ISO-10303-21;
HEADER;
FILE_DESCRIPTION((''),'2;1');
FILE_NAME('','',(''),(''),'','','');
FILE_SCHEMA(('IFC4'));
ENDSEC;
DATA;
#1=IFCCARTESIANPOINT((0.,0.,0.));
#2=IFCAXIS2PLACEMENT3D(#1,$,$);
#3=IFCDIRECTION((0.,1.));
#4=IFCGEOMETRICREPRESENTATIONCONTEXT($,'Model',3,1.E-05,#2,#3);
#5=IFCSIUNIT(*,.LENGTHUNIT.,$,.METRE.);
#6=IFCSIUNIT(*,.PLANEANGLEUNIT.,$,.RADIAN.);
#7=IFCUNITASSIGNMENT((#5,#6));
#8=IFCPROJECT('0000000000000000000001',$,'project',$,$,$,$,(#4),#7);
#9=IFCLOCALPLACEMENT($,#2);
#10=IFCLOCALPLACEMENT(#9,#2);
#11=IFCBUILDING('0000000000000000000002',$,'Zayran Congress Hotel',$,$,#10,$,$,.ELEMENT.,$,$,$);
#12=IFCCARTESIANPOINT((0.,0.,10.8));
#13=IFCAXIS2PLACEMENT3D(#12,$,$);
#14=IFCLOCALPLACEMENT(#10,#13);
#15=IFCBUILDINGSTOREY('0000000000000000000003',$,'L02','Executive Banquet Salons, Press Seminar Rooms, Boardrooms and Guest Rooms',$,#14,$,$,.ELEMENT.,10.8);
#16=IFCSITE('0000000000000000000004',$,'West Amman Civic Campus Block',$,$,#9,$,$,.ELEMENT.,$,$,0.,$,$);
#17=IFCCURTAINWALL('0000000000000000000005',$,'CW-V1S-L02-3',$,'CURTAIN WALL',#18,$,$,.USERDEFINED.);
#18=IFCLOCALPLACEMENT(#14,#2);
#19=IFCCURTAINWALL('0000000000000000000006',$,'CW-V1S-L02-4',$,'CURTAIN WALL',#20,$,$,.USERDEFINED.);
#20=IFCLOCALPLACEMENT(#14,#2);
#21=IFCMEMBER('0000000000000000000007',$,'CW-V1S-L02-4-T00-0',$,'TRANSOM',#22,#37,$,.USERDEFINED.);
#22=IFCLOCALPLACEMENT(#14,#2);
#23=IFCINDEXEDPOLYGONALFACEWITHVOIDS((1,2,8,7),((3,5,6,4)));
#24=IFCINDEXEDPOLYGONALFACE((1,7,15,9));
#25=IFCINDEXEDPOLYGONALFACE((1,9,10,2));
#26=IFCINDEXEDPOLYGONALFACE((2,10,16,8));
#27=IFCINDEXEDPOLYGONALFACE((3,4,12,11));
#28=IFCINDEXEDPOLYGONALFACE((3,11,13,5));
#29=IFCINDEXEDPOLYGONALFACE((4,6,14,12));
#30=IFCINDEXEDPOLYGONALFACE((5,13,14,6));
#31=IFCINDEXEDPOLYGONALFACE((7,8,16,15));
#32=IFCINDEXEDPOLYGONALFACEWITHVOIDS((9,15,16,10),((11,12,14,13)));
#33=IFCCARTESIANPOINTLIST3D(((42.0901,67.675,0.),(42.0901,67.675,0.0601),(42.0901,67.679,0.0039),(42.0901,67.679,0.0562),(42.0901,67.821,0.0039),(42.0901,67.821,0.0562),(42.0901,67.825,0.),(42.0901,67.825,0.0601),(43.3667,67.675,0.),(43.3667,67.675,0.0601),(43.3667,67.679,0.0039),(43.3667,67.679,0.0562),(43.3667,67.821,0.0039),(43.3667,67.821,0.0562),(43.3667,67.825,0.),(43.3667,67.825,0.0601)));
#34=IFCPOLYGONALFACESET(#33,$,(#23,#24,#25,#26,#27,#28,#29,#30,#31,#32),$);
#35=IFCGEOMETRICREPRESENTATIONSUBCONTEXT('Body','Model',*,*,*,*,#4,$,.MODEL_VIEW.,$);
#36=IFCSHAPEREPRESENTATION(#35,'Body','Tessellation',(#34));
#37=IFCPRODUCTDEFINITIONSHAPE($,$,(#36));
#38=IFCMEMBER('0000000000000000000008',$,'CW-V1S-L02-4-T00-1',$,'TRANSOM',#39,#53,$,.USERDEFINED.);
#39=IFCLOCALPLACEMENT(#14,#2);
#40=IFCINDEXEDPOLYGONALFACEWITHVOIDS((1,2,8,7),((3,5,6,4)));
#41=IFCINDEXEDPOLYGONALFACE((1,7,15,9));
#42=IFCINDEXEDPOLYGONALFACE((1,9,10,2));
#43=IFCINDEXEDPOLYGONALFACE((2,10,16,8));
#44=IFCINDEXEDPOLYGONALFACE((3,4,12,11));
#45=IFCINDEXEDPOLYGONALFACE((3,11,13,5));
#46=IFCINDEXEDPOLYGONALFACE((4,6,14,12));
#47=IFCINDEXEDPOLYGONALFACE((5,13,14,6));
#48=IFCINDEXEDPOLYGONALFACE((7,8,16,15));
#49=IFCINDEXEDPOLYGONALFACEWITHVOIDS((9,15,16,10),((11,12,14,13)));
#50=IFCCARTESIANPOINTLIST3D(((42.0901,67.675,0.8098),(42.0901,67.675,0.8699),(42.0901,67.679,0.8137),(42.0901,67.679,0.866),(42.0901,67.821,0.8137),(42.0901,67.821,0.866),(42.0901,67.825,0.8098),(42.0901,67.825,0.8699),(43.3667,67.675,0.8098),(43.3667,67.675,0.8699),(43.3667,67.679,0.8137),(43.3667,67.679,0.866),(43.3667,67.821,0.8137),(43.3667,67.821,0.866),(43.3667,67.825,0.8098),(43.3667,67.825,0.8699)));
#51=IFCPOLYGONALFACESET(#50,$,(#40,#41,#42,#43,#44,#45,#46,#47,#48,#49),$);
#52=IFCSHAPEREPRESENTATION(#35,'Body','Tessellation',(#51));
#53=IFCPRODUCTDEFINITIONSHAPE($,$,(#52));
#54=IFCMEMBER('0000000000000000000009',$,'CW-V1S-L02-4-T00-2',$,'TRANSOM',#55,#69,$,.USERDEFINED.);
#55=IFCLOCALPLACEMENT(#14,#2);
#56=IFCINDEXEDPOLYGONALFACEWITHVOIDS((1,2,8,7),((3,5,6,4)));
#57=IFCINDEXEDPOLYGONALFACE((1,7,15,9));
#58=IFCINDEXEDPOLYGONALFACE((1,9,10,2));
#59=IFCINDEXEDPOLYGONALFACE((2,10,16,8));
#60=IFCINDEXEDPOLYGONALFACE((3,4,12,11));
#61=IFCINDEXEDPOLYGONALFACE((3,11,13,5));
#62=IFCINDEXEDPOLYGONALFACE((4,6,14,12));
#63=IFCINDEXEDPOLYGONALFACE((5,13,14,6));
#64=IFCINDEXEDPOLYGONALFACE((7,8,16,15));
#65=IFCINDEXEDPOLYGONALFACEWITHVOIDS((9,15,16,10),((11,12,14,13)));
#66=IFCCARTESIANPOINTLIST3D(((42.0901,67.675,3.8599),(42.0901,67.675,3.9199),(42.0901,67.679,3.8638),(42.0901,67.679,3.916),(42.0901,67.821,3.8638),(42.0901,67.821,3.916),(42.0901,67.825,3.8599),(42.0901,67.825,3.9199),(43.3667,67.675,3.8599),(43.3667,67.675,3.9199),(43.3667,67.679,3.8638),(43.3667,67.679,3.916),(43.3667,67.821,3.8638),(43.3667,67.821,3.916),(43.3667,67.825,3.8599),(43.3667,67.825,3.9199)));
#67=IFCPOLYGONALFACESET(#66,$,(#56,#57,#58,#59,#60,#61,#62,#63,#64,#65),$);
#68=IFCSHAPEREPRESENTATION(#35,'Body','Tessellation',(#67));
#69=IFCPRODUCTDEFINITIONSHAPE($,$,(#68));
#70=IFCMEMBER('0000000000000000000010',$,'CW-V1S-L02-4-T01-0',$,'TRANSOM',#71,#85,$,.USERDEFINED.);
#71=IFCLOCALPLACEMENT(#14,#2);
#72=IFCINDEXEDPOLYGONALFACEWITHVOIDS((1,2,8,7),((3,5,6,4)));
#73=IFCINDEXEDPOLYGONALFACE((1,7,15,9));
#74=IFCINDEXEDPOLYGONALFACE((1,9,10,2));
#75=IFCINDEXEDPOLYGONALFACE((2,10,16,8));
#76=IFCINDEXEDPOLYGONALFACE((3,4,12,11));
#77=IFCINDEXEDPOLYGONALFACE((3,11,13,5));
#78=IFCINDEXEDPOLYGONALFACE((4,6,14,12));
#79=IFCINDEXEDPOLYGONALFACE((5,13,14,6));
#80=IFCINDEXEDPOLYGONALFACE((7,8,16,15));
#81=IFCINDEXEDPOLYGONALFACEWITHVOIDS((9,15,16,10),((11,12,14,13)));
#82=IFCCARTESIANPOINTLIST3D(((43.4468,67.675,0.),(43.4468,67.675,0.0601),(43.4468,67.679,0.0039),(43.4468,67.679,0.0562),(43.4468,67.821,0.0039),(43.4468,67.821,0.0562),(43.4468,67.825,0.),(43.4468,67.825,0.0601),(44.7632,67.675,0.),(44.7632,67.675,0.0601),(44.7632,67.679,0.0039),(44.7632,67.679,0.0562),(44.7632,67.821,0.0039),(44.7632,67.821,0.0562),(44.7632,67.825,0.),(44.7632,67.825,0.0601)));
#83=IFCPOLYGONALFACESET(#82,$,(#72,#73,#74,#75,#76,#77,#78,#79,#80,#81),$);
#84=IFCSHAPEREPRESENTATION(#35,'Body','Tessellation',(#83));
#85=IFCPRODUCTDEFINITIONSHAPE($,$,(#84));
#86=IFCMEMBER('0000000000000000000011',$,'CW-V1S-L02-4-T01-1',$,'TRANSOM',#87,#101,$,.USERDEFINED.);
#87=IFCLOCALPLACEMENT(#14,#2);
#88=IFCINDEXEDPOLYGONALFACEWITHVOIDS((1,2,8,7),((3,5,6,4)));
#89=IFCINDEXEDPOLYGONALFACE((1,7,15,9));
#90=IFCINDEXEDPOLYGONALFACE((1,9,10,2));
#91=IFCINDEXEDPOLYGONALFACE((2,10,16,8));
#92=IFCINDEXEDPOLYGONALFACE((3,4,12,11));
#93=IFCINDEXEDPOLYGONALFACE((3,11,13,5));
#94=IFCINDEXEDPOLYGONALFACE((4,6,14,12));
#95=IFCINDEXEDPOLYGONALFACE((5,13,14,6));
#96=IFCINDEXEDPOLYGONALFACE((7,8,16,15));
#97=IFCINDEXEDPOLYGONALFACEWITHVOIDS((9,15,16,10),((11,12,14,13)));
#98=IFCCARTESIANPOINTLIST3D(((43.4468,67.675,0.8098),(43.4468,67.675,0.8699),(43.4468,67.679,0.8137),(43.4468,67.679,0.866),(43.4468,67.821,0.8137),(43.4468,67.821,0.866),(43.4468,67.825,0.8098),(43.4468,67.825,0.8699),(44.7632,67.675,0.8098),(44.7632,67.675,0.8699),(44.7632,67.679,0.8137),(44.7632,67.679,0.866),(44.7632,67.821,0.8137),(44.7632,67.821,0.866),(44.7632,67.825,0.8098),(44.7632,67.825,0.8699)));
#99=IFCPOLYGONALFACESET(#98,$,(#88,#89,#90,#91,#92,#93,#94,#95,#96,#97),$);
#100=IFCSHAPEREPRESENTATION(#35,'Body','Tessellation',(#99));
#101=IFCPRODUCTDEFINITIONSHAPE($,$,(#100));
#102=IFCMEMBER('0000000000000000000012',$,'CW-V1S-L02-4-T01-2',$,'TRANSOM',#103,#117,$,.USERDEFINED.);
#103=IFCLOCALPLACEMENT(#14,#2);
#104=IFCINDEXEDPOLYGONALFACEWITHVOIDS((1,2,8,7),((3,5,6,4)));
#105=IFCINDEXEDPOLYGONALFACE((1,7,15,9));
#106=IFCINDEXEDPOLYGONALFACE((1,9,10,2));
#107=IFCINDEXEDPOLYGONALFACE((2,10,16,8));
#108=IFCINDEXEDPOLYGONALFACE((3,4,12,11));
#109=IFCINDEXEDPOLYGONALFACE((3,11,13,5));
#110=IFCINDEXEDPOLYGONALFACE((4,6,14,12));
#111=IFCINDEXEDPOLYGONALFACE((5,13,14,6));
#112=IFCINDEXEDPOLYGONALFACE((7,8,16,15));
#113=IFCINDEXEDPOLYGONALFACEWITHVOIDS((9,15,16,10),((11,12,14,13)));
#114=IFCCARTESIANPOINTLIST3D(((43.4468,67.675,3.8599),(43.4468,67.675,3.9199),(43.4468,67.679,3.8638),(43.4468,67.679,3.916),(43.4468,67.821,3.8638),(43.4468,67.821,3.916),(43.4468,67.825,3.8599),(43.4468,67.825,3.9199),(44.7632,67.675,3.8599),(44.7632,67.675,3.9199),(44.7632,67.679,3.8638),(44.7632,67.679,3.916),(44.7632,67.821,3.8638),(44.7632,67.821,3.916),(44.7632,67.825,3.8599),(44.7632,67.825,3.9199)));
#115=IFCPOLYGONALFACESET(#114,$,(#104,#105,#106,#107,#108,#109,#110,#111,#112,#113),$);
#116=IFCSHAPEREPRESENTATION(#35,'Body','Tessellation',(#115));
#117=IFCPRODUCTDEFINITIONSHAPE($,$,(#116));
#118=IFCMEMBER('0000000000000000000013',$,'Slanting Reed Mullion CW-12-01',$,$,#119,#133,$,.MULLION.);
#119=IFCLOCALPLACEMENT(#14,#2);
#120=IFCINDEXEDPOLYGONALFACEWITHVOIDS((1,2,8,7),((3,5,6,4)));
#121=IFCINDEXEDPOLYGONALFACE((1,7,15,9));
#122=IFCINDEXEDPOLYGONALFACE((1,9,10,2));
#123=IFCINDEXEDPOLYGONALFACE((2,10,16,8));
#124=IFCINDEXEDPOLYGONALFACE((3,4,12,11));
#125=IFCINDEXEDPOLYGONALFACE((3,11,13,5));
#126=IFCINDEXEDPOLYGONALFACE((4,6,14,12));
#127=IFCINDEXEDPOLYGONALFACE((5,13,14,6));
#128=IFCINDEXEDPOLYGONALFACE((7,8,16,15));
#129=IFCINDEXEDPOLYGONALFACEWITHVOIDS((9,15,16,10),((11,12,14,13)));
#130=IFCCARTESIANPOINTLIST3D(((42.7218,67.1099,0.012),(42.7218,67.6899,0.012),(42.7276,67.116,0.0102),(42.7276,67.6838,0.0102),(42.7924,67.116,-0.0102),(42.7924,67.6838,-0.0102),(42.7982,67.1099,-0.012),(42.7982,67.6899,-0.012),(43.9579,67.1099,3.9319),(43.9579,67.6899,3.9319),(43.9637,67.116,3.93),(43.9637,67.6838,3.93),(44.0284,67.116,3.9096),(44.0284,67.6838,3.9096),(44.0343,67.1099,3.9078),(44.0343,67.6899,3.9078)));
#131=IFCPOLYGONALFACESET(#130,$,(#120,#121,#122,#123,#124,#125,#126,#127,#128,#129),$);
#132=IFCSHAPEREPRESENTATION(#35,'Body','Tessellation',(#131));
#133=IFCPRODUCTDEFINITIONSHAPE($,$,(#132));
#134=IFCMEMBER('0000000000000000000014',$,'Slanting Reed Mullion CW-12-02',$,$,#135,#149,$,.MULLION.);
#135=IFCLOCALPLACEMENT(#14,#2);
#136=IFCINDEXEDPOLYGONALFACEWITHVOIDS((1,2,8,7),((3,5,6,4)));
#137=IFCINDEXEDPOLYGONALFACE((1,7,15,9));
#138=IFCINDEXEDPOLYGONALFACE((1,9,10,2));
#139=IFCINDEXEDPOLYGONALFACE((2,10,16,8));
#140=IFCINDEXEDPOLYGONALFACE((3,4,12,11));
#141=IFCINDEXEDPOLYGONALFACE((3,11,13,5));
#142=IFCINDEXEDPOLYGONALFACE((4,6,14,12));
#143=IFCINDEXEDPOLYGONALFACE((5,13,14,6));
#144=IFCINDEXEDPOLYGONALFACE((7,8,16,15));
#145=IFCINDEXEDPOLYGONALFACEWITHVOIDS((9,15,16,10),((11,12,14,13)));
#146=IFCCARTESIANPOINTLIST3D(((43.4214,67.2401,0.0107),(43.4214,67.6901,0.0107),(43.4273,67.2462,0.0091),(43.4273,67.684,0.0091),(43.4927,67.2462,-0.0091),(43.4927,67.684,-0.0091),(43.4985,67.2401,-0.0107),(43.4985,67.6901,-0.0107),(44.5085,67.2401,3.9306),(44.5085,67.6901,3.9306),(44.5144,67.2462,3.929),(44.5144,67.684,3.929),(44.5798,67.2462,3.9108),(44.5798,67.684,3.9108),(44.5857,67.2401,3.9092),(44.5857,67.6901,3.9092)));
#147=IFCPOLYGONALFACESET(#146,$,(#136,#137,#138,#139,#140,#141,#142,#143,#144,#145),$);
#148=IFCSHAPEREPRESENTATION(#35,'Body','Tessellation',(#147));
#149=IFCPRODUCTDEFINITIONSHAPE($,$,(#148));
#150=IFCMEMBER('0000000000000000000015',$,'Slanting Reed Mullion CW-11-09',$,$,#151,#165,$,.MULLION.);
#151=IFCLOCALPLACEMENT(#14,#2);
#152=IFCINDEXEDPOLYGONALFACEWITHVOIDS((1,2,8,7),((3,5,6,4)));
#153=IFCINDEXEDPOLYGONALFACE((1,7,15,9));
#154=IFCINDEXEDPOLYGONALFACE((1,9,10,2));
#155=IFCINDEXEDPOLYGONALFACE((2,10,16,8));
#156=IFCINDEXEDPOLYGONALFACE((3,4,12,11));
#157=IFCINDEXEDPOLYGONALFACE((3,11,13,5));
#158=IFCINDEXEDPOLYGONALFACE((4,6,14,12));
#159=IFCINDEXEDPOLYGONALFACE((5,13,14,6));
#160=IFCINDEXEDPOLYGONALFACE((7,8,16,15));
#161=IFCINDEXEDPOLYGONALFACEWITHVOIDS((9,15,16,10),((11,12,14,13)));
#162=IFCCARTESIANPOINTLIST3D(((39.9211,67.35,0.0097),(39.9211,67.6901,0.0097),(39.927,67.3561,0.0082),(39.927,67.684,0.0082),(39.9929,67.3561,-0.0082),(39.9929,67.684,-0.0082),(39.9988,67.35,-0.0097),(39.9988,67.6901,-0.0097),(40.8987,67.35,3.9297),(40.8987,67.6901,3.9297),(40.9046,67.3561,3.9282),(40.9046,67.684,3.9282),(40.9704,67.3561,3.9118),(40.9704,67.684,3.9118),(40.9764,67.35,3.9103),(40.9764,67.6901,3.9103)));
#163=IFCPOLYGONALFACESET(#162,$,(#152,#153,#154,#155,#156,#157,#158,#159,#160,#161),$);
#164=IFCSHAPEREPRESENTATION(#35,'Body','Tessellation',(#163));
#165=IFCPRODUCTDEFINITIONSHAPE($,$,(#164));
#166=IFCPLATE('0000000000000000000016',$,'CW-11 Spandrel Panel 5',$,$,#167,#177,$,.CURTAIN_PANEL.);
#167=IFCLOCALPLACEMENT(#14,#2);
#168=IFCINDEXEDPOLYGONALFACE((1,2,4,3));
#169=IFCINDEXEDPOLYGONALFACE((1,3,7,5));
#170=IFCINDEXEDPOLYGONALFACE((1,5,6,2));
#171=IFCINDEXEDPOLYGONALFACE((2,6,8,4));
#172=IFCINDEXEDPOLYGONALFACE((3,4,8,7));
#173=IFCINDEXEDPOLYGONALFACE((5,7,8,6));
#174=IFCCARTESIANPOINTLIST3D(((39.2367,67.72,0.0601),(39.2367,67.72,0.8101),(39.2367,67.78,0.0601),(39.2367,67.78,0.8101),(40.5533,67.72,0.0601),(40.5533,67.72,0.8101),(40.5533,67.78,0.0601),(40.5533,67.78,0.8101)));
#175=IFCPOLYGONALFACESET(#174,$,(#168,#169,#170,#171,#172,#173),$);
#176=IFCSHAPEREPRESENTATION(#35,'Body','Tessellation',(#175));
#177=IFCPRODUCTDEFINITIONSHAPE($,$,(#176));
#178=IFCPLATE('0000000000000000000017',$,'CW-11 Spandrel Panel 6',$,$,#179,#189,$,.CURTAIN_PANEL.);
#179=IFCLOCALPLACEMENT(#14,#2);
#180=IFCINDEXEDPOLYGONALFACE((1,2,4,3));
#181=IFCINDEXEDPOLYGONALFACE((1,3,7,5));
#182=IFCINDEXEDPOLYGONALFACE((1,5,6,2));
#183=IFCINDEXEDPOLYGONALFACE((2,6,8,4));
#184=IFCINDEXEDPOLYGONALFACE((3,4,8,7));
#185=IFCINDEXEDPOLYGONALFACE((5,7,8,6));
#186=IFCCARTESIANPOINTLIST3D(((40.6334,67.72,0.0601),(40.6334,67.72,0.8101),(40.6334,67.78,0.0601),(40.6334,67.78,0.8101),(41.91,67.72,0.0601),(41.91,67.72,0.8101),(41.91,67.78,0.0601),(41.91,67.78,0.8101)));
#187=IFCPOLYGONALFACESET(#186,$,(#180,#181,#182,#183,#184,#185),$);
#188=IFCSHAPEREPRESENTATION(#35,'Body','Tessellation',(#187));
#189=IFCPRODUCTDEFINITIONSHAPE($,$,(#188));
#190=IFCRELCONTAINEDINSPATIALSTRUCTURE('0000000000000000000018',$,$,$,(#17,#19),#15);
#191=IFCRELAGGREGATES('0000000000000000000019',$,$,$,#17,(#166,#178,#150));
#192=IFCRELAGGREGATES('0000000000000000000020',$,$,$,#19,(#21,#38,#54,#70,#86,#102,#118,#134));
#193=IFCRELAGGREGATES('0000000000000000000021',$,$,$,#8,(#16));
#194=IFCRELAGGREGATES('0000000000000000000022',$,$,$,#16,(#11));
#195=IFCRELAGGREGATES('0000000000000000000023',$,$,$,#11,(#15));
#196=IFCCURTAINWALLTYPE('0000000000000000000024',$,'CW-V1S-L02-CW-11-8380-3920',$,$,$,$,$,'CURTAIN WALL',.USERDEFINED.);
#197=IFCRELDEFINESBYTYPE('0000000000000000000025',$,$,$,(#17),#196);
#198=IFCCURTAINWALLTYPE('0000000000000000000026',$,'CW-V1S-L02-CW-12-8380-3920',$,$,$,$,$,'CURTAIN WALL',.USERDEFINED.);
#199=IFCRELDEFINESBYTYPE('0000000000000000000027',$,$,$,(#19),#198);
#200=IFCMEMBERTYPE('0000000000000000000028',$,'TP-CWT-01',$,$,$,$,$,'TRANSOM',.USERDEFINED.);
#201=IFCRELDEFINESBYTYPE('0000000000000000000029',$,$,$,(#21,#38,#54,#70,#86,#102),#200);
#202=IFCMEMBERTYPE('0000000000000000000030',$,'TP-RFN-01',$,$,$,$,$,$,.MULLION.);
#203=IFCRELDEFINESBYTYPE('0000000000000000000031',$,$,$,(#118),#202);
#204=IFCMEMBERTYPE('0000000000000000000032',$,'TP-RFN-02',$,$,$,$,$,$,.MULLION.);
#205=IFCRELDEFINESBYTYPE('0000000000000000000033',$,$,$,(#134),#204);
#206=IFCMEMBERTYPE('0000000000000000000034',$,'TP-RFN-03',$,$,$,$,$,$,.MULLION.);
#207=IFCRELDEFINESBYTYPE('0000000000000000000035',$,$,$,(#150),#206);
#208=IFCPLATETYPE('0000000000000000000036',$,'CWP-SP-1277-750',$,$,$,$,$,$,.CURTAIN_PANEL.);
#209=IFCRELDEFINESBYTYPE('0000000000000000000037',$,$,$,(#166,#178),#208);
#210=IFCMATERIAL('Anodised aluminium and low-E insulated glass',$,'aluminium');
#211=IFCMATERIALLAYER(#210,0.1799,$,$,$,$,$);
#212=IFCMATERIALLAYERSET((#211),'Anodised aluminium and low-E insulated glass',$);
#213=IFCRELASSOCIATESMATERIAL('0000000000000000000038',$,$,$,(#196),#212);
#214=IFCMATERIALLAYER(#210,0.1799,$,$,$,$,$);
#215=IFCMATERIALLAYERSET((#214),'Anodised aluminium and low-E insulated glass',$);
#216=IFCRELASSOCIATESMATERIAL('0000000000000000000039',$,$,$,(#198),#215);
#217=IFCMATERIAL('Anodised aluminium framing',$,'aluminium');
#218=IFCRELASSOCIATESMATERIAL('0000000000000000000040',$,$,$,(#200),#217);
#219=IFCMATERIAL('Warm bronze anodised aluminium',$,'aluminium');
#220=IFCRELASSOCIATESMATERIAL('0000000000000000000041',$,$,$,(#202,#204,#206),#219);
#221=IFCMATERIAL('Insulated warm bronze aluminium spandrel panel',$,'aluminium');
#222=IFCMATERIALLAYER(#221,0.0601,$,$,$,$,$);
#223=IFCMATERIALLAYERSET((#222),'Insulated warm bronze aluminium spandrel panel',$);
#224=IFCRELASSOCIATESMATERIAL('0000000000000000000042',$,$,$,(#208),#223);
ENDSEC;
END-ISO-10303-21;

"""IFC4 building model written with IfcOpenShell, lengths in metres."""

from ifc_helpers import new_model, si_unit, direction, frame, origin, origin_2d, place, context, subcontext, project, spatial, rectangle, hollow_rectangle, extrude, material, layer, layer_set, material_profile, profile_set, type_object, element, aggregate, save


model = new_model("IFC4")

# Units and contexts
model_context = context("Model", 3, precision=1e-05, world=origin(), true_north=direction((0.0, 1.0)))
body_context = subcontext(model_context, "Body", "Model", "MODEL_VIEW")
ifc_project = project(units=[si_unit("LENGTHUNIT", "METRE"), si_unit("PLANEANGLEUNIT", "RADIAN")], contexts=[model_context])

# Site, building, storey
site_placement = place(None, origin())
site = spatial("IfcSite", under=ifc_project, at=site_placement, Name="West Amman Civic Campus Block", CompositionType="ELEMENT", RefElevation=0.0)
building_placement = place(site_placement, origin())
building = spatial("IfcBuilding", under=site, at=building_placement, Name="Zayran Congress Hotel", CompositionType="ELEMENT")
storey_placement = place(building_placement, frame((0.0, 0.0, 10.8)))
storey = spatial("IfcBuildingStorey", under=building, at=storey_placement, Name="L02", Description="Executive Banquet Salons, Press Seminar Rooms, Boardrooms and Guest Rooms", CompositionType="ELEMENT", Elevation=10.8)

# Curtain walls
ifc_material_1 = material(Name="Anodised aluminium and low-E insulated glass", Category="aluminium")
ifc_layer_1 = layer(ifc_material_1, 0.1799)
ifc_layer_set_1 = layer_set([ifc_layer_1], Name="Anodised aluminium and low-E insulated glass")
curtain_wall_type_1 = type_object("IfcCurtainWallType", Name="CW-V1S-L02-CW-11-8380-3920", ElementType="CURTAIN WALL", PredefinedType="USERDEFINED", material=ifc_layer_set_1)
curtain_wall_1_placement = place(storey_placement, origin())
curtain_wall_1 = element("IfcCurtainWall", 1, at=curtain_wall_1_placement, inside=storey, type_object=curtain_wall_type_1, Name="CW-V1S-L02-3", ObjectType="CURTAIN WALL", PredefinedType="USERDEFINED")
ifc_material_2 = material(Name="Anodised aluminium framing", Category="aluminium")
ifc_layer_2 = layer(ifc_material_1, 0.1799)
ifc_layer_set_2 = layer_set([ifc_layer_2], Name="Anodised aluminium and low-E insulated glass")
curtain_wall_type_2 = type_object("IfcCurtainWallType", Name="CW-V1S-L02-CW-12-8380-3920", ElementType="CURTAIN WALL", PredefinedType="USERDEFINED", material=ifc_layer_set_2)
curtain_wall_2_placement = place(storey_placement, origin())
curtain_wall_2 = element("IfcCurtainWall", 2, at=curtain_wall_2_placement, inside=storey, type_object=curtain_wall_type_2, Name="CW-V1S-L02-4", ObjectType="CURTAIN WALL", PredefinedType="USERDEFINED")

# Members
ifc_material_profile_1 = material_profile(ifc_material_2, hollow_rectangle(XDim=0.0601, YDim=0.1499, WallThickness=0.0039, at=origin_2d()), Name="RHS 150x60x4")
ifc_profile_set_1 = profile_set([ifc_material_profile_1], Name="Anodised aluminium framing")
member_type_1 = type_object("IfcMemberType", Name="TP-CWT-01", ElementType="TRANSOM", PredefinedType="USERDEFINED", material=ifc_profile_set_1)
member_1_placement = place(storey_placement, frame((42.0901, 67.75, 0.03), z_axis=(1.0, 0.0, 0.0), x_axis=(0.0, 0.0, 1.0)))
member_1 = element("IfcMember", 3, at=member_1_placement, type_object=member_type_1, Name="CW-V1S-L02-4-T00-0", ObjectType="TRANSOM", PredefinedType="USERDEFINED", context=body_context, shape_type="SweptSolid", body=[
    extrude(hollow_rectangle(XDim=0.0601, YDim=0.1499, WallThickness=0.0039, at=origin_2d()), origin(), (0.0, 0.0, 1.0), 1.2766),
])
member_2_placement = place(storey_placement, frame((42.0901, 67.75, 0.8398), z_axis=(1.0, 0.0, 0.0), x_axis=(0.0, 0.0, 1.0)))
member_2 = element("IfcMember", 4, at=member_2_placement, type_object=member_type_1, Name="CW-V1S-L02-4-T00-1", ObjectType="TRANSOM", PredefinedType="USERDEFINED", context=body_context, shape_type="SweptSolid", body=[
    extrude(hollow_rectangle(XDim=0.0601, YDim=0.1499, WallThickness=0.0039, at=origin_2d()), origin(), (0.0, 0.0, 1.0), 1.2766),
])
member_3_placement = place(storey_placement, frame((42.0901, 67.75, 3.8899), z_axis=(1.0, 0.0, 0.0), x_axis=(0.0, 0.0, 1.0)))
member_3 = element("IfcMember", 5, at=member_3_placement, type_object=member_type_1, Name="CW-V1S-L02-4-T00-2", ObjectType="TRANSOM", PredefinedType="USERDEFINED", context=body_context, shape_type="SweptSolid", body=[
    extrude(hollow_rectangle(XDim=0.0601, YDim=0.1499, WallThickness=0.0039, at=origin_2d()), origin(), (0.0, 0.0, 1.0), 1.2766),
])
member_4_placement = place(storey_placement, frame((43.4468, 67.75, 0.03), z_axis=(1.0, 0.0, 0.0), x_axis=(0.0, 0.0, 1.0)))
member_4 = element("IfcMember", 6, at=member_4_placement, type_object=member_type_1, Name="CW-V1S-L02-4-T01-0", ObjectType="TRANSOM", PredefinedType="USERDEFINED", context=body_context, shape_type="SweptSolid", body=[
    extrude(hollow_rectangle(XDim=0.0601, YDim=0.1499, WallThickness=0.0039, at=origin_2d()), origin(), (0.0, 0.0, 1.0), 1.3164),
])
member_5_placement = place(storey_placement, frame((43.4468, 67.75, 0.8398), z_axis=(1.0, 0.0, 0.0), x_axis=(0.0, 0.0, 1.0)))
member_5 = element("IfcMember", 7, at=member_5_placement, type_object=member_type_1, Name="CW-V1S-L02-4-T01-1", ObjectType="TRANSOM", PredefinedType="USERDEFINED", context=body_context, shape_type="SweptSolid", body=[
    extrude(hollow_rectangle(XDim=0.0601, YDim=0.1499, WallThickness=0.0039, at=origin_2d()), origin(), (0.0, 0.0, 1.0), 1.3164),
])
member_6_placement = place(storey_placement, frame((43.4468, 67.75, 3.8899), z_axis=(1.0, 0.0, 0.0), x_axis=(0.0, 0.0, 1.0)))
member_6 = element("IfcMember", 8, at=member_6_placement, type_object=member_type_1, Name="CW-V1S-L02-4-T01-2", ObjectType="TRANSOM", PredefinedType="USERDEFINED", context=body_context, shape_type="SweptSolid", body=[
    extrude(hollow_rectangle(XDim=0.0601, YDim=0.1499, WallThickness=0.0039, at=origin_2d()), origin(), (0.0, 0.0, 1.0), 1.3164),
])
ifc_material_3 = material(Name="Warm bronze anodised aluminium", Category="aluminium")
ifc_material_profile_2 = material_profile(ifc_material_3, hollow_rectangle(XDim=0.0801, YDim=0.5801, WallThickness=0.0061, at=origin_2d()), Name="RHS 580x80x6")
ifc_profile_set_2 = profile_set([ifc_material_profile_2], Name="Warm bronze anodised aluminium")
member_type_2 = type_object("IfcMemberType", Name="TP-RFN-01", PredefinedType="MULLION", material=ifc_profile_set_2)
member_7_placement = place(storey_placement, frame((42.76, 67.3999, 0.0), z_axis=(0.300736, 0.0, 0.953707), x_axis=(-0.953707, 0.0, 0.300736)))
member_7 = element("IfcMember", 9, at=member_7_placement, type_object=member_type_2, Name="Slanting Reed Mullion CW-12-01", PredefinedType="MULLION", context=body_context, shape_type="SweptSolid", body=[
    extrude(hollow_rectangle(XDim=0.0801, YDim=0.5801, WallThickness=0.0061, at=origin_2d()), origin(), (0.0, 0.0, 1.0), 4.1101),
])
ifc_material_profile_3 = material_profile(ifc_material_3, hollow_rectangle(XDim=0.0801, YDim=0.45, WallThickness=0.0061, at=origin_2d()), Name="RHS 450x80x6")
ifc_profile_set_3 = profile_set([ifc_material_profile_3], Name="Warm bronze anodised aluminium")
member_type_3 = type_object("IfcMemberType", Name="TP-RFN-02", PredefinedType="MULLION", material=ifc_profile_set_3)
member_8_placement = place(storey_placement, frame((43.46, 67.4651, 0.0), z_axis=(0.267254, 0.0, 0.963626), x_axis=(-0.963626, 0.0, 0.267254)))
member_8 = element("IfcMember", 10, at=member_8_placement, type_object=member_type_3, Name="Slanting Reed Mullion CW-12-02", PredefinedType="MULLION", context=body_context, shape_type="SweptSolid", body=[
    extrude(hollow_rectangle(XDim=0.0801, YDim=0.45, WallThickness=0.0061, at=origin_2d()), origin(), (0.0, 0.0, 1.0), 4.0679),
])
ifc_material_profile_4 = material_profile(ifc_material_3, hollow_rectangle(XDim=0.0801, YDim=0.3401, WallThickness=0.0061, at=origin_2d()), Name="RHS 340x80x6")
ifc_profile_set_4 = profile_set([ifc_material_profile_4], Name="Warm bronze anodised aluminium")
member_type_4 = type_object("IfcMemberType", Name="TP-RFN-03", PredefinedType="MULLION", material=ifc_profile_set_4)
member_9_placement = place(storey_placement, frame((39.96, 67.52, 0.0), z_axis=(0.241967, 0.0, 0.970285), x_axis=(-0.970285, 0.0, 0.241967)))
member_9 = element("IfcMember", 11, at=member_9_placement, type_object=member_type_4, Name="Slanting Reed Mullion CW-11-09", PredefinedType="MULLION", context=body_context, shape_type="SweptSolid", body=[
    extrude(hollow_rectangle(XDim=0.0801, YDim=0.3401, WallThickness=0.0061, at=origin_2d()), origin(), (0.0, 0.0, 1.0), 4.04),
])

# Plates
ifc_material_4 = material(Name="Insulated warm bronze aluminium spandrel panel", Category="aluminium")
ifc_layer_3 = layer(ifc_material_4, 0.0601)
ifc_layer_set_3 = layer_set([ifc_layer_3], Name="Insulated warm bronze aluminium spandrel panel")
plate_type_1 = type_object("IfcPlateType", Name="CWP-SP-1277-750", PredefinedType="CURTAIN_PANEL", material=ifc_layer_set_3)
plate_1_placement = place(storey_placement, frame((39.895, 67.75, 0.0601), z_axis=(0.0, 0.0, 1.0), x_axis=(1.0, 0.0, 0.0)))
plate_1 = element("IfcPlate", 12, at=plate_1_placement, type_object=plate_type_1, Name="CW-11 Spandrel Panel 5", PredefinedType="CURTAIN_PANEL", context=body_context, shape_type="SweptSolid", body=[
    extrude(rectangle(XDim=1.3167, YDim=0.0601, at=origin_2d()), origin(), (0.0, 0.0, 1.0), 0.75),
])
plate_2_placement = place(storey_placement, frame((41.2717, 67.75, 0.0601), z_axis=(0.0, 0.0, 1.0), x_axis=(1.0, 0.0, 0.0)))
plate_2 = element("IfcPlate", 13, at=plate_2_placement, type_object=plate_type_1, Name="CW-11 Spandrel Panel 6", PredefinedType="CURTAIN_PANEL", context=body_context, shape_type="SweptSolid", body=[
    extrude(rectangle(XDim=1.2766, YDim=0.0601, at=origin_2d()), origin(), (0.0, 0.0, 1.0), 0.75),
])
aggregate(curtain_wall_1, [plate_1, plate_2, member_9])
aggregate(curtain_wall_2, [member_1, member_2, member_3, member_4, member_5, member_6, member_7, member_8])

save(model, "model.ifc")
